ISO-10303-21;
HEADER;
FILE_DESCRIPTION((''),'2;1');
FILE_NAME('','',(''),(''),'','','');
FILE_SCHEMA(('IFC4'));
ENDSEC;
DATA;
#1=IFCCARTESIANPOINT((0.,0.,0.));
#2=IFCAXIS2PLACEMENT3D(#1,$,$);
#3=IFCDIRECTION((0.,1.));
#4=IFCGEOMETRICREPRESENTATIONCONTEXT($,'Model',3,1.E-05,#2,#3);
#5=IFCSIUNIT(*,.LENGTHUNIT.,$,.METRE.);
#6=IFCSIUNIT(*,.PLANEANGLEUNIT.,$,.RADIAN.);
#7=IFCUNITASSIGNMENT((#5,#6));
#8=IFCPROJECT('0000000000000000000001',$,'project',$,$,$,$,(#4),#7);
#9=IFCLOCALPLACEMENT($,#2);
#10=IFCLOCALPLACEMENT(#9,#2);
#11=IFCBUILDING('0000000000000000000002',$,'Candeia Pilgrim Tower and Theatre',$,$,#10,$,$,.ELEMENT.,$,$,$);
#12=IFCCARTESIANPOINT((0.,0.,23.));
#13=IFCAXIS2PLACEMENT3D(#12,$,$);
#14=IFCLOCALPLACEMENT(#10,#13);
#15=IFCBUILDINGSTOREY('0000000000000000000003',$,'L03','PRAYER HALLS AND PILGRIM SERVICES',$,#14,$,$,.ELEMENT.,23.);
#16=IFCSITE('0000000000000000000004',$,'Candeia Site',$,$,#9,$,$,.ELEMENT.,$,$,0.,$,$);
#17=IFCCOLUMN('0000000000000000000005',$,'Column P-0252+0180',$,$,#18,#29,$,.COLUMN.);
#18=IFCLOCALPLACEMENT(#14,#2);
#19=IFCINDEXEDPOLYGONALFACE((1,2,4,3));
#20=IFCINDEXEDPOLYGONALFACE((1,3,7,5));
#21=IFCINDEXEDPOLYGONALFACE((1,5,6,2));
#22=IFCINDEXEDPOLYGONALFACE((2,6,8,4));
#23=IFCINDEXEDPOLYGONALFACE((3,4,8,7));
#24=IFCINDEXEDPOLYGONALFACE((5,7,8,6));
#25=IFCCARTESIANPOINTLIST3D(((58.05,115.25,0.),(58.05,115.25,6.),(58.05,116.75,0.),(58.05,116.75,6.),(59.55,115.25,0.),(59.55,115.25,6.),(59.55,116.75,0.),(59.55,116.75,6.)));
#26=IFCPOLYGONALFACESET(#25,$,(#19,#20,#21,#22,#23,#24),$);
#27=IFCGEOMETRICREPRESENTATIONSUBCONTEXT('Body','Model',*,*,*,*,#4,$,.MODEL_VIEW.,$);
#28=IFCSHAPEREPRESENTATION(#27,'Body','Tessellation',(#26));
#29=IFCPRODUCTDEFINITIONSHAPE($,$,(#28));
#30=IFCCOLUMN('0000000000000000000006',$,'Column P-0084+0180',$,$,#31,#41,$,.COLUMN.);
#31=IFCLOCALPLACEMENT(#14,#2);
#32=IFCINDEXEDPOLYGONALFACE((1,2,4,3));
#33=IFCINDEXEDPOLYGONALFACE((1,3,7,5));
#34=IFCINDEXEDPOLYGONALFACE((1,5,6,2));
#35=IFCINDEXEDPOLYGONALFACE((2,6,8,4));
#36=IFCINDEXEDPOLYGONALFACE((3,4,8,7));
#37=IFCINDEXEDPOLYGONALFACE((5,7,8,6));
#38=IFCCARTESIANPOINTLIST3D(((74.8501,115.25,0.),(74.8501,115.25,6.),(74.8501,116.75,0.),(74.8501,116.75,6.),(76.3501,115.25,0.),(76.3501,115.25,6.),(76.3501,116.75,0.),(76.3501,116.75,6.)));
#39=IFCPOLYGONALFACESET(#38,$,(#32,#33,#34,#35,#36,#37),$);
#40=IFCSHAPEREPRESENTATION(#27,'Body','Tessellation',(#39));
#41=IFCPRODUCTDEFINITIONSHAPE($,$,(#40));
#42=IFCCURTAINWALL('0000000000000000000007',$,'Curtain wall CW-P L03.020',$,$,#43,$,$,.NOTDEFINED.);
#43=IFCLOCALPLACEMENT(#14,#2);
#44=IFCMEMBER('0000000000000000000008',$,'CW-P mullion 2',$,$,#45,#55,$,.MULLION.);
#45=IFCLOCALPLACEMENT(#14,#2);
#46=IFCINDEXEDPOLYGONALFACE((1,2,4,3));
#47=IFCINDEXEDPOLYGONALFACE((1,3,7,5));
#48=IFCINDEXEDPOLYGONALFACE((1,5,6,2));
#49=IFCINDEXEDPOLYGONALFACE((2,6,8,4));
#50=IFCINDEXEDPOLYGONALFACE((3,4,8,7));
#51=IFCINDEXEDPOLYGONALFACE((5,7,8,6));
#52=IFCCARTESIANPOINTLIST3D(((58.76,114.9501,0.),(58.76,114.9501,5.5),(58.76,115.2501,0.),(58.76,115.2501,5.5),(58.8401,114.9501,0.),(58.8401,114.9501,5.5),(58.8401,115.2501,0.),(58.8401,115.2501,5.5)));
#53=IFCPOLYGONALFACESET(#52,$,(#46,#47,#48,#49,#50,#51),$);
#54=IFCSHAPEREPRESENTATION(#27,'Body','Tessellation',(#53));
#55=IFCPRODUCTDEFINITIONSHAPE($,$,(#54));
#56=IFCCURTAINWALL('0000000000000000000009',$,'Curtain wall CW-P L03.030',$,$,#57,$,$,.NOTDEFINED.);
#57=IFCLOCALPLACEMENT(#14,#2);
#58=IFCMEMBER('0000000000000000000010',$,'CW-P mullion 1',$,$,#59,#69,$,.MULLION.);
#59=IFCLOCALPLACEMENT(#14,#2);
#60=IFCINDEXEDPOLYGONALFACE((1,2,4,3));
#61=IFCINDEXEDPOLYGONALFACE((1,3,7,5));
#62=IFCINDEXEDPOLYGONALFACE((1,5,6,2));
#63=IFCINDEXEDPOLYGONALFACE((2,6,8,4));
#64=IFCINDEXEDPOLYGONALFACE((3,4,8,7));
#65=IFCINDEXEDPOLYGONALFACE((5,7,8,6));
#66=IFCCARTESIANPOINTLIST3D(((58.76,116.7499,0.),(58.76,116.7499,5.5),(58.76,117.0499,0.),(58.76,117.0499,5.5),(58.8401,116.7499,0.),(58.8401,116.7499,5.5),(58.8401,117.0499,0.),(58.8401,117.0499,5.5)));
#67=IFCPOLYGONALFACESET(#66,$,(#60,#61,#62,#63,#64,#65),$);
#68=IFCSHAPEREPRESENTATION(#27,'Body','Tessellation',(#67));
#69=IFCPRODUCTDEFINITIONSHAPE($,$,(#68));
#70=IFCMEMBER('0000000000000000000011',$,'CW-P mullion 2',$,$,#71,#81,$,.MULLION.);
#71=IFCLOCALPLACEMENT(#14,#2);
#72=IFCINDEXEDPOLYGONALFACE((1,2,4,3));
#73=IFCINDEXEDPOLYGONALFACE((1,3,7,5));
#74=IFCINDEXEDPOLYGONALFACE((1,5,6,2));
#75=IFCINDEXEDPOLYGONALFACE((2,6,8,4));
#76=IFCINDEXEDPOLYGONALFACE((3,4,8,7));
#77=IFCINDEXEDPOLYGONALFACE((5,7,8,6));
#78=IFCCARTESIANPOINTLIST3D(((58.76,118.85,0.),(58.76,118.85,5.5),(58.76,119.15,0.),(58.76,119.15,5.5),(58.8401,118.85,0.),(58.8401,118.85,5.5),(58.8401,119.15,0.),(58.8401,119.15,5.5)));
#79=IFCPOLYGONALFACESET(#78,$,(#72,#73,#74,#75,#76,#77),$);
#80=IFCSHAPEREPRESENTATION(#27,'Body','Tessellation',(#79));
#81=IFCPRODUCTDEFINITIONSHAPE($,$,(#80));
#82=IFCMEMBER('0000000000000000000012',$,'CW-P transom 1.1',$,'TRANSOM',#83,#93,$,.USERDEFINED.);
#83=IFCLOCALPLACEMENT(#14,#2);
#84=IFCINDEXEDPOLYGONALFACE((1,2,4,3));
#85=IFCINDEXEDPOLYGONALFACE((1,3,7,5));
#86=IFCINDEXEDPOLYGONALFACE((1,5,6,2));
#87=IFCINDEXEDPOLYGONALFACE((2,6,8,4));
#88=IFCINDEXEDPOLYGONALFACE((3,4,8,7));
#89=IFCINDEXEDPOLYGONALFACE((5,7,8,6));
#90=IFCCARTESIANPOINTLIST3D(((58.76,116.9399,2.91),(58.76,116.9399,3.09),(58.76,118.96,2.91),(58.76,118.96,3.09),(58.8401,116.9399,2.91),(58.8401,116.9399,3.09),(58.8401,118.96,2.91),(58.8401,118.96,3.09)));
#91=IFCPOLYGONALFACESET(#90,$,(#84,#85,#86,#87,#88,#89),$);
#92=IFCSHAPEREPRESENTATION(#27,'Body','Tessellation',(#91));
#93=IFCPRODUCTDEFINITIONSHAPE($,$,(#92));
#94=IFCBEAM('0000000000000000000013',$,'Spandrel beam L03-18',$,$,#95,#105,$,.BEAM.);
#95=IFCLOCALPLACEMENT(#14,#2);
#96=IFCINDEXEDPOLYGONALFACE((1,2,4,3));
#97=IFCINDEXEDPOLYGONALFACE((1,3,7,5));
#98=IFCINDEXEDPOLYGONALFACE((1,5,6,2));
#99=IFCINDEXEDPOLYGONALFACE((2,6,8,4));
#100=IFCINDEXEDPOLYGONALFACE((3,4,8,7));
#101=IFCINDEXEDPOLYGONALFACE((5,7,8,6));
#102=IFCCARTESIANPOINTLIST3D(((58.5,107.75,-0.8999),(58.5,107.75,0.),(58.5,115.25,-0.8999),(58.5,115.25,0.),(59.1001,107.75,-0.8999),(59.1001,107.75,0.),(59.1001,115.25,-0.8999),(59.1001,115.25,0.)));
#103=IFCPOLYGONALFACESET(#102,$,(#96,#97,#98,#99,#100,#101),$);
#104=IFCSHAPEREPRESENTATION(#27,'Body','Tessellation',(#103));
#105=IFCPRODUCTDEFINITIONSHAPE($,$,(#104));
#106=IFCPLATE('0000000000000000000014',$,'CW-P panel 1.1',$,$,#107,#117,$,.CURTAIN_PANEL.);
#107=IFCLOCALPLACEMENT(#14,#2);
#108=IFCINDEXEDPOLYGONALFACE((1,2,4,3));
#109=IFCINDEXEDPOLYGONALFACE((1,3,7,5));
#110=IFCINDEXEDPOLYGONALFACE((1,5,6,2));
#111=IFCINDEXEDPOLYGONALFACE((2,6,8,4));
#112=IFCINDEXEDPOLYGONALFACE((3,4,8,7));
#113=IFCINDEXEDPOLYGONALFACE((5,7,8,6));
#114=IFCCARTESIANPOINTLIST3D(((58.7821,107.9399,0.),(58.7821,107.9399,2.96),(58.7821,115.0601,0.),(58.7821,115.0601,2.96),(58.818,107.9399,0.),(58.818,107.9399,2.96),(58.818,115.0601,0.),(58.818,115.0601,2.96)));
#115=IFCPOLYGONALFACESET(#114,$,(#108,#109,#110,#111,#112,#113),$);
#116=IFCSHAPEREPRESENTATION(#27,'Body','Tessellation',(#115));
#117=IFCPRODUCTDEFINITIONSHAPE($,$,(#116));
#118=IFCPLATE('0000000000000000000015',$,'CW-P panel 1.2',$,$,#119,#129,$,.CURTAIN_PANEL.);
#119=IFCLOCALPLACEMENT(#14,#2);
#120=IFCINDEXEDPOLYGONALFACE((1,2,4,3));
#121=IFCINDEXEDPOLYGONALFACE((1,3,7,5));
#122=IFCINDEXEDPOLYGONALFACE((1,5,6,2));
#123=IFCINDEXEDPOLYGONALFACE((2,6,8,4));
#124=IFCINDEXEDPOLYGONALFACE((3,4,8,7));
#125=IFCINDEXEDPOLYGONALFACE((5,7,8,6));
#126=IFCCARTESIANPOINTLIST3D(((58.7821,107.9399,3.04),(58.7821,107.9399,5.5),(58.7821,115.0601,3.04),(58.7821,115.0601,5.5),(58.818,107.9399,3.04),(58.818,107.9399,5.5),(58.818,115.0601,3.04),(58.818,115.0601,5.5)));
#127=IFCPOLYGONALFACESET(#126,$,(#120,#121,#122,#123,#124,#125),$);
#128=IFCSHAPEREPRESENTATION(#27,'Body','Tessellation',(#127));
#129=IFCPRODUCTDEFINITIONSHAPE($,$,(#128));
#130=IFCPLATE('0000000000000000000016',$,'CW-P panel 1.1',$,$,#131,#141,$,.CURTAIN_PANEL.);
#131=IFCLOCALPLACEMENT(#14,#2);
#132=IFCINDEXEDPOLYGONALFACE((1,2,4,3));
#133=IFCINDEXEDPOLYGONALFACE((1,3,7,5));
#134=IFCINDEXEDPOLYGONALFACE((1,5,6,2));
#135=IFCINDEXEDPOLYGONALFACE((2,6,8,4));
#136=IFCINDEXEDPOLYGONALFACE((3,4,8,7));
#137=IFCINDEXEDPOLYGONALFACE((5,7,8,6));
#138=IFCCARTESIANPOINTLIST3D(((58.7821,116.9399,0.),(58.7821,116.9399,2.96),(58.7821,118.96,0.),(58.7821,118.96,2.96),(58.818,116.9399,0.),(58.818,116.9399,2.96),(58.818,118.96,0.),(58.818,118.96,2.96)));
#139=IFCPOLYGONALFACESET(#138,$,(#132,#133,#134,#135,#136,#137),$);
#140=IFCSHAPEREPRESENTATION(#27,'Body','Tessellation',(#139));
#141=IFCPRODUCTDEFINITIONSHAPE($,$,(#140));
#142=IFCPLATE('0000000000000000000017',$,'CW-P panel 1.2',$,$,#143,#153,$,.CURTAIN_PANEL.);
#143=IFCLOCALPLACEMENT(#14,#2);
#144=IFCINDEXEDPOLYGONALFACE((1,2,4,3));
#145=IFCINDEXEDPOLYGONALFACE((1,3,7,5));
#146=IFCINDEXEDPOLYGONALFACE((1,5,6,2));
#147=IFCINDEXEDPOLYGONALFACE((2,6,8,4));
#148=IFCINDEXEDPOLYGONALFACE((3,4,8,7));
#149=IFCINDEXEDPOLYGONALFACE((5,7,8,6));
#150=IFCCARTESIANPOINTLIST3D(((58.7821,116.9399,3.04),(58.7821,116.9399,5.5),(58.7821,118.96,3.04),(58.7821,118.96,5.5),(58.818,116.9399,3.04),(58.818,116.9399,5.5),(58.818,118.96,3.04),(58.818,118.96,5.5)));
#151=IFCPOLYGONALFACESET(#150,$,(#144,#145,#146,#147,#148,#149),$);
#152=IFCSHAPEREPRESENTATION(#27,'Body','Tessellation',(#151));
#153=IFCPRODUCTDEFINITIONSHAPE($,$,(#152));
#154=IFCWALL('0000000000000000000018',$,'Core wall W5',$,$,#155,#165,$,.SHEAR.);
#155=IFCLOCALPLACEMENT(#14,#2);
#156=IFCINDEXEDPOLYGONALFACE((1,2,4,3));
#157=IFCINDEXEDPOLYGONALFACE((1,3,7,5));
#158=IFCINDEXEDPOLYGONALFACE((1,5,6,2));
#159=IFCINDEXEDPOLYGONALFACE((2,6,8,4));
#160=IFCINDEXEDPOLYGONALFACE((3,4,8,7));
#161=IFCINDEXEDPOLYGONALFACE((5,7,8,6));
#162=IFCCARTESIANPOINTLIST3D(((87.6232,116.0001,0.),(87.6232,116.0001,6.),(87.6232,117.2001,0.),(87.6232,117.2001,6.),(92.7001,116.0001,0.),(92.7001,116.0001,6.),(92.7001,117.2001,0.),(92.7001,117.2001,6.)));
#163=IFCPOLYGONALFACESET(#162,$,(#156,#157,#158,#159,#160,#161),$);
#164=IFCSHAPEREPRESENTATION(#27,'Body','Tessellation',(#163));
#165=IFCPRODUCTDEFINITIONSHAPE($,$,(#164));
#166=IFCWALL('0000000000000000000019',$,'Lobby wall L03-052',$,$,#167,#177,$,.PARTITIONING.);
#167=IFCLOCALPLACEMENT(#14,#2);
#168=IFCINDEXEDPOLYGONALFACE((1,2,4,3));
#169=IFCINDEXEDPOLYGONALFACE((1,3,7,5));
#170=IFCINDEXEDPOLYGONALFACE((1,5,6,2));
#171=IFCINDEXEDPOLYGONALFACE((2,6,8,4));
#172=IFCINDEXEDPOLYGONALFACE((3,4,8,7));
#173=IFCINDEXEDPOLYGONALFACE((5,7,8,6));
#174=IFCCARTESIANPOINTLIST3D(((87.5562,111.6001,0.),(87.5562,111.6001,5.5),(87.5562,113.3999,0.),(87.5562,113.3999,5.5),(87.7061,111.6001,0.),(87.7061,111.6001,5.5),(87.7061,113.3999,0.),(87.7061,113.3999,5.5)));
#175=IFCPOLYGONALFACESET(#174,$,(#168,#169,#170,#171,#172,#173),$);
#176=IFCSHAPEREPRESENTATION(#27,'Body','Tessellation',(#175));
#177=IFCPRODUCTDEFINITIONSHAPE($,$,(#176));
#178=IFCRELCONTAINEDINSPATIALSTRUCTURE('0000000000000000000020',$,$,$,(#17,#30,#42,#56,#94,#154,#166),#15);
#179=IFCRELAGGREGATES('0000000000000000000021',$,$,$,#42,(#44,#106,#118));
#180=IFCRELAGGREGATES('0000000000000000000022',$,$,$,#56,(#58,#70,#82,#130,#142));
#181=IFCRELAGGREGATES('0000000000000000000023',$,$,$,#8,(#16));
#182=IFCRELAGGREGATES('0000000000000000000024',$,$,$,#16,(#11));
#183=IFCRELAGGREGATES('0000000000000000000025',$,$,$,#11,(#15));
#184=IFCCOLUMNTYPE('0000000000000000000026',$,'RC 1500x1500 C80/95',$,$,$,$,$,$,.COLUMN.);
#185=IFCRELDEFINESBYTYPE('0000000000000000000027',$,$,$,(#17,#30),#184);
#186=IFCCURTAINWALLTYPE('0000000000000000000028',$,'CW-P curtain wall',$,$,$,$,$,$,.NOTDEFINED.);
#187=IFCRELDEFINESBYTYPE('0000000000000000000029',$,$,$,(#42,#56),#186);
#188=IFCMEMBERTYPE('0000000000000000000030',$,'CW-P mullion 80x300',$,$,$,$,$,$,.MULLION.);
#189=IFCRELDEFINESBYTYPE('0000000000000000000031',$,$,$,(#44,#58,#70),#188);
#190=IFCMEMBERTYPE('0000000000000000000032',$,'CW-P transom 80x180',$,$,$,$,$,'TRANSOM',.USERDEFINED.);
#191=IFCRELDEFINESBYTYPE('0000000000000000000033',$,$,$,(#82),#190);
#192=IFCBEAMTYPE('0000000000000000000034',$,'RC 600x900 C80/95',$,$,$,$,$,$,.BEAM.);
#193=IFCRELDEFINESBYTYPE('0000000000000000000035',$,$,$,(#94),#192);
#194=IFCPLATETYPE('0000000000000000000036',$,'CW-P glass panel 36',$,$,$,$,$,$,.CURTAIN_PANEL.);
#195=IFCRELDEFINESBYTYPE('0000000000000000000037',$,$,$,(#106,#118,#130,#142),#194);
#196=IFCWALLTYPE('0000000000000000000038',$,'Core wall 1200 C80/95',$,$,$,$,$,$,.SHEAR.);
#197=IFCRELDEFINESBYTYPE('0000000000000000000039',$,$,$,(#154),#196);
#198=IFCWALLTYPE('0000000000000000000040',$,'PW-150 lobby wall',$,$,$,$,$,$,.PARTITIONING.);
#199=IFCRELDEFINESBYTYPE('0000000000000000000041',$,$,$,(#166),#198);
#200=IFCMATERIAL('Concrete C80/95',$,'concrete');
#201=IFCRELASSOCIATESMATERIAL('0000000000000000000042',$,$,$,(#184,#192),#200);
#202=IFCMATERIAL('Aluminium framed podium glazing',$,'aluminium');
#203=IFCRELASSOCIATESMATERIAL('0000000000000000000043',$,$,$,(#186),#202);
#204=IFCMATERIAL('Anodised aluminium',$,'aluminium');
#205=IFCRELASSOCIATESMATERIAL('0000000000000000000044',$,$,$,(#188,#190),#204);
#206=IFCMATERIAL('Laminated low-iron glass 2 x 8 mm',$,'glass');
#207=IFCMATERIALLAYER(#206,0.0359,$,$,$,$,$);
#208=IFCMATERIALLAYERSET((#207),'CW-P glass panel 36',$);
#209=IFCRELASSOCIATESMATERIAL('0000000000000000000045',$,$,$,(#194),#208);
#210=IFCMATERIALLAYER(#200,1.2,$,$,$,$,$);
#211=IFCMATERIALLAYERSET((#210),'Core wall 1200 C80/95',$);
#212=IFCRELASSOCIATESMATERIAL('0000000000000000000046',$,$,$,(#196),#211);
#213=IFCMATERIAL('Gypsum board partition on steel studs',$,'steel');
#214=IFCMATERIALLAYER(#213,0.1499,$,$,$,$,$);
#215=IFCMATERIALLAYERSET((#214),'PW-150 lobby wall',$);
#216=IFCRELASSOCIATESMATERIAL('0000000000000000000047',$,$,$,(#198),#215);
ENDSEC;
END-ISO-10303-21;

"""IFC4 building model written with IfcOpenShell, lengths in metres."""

from ifc_helpers import new_model, si_unit, direction, frame, frame_2d, origin, origin_2d, place, context, subcontext, project, spatial, rectangle, extrude, material, layer, layer_set, material_profile, profile_set, type_object, element, aggregate, save


model = new_model("IFC4")

# Units and contexts
model_context = context("Model", 3, precision=1e-05, world=origin(), true_north=direction((0.0, 1.0)))
body_context = subcontext(model_context, "Body", "Model", "MODEL_VIEW")
ifc_project = project(units=[si_unit("LENGTHUNIT", "METRE"), si_unit("PLANEANGLEUNIT", "RADIAN")], contexts=[model_context])

# Site, building, storey
site_placement = place(None, origin())
site = spatial("IfcSite", under=ifc_project, at=site_placement, Name="Candeia Site", CompositionType="ELEMENT", RefElevation=0.0)
building_placement = place(site_placement, origin())
building = spatial("IfcBuilding", under=site, at=building_placement, Name="Candeia Pilgrim Tower and Theatre", CompositionType="ELEMENT")
storey_placement = place(building_placement, frame((0.0, 0.0, 23.0)))
storey = spatial("IfcBuildingStorey", under=building, at=storey_placement, Name="L03", Description="PRAYER HALLS AND PILGRIM SERVICES", CompositionType="ELEMENT", Elevation=23.0)

# Columns
ifc_material_1 = material(Name="Concrete C80/95", Category="concrete")
ifc_material_profile_1 = material_profile(ifc_material_1, rectangle(XDim=1.5, YDim=1.5, at=origin_2d()))
ifc_profile_set_1 = profile_set([ifc_material_profile_1], Name="Concrete C80/95")
column_type = type_object("IfcColumnType", Name="RC 1500x1500 C80/95", PredefinedType="COLUMN", material=ifc_profile_set_1)
for number, where, z_axis, x_axis, name in (
    (1, (58.8, 116.0, 0.0), (0.0, 0.0, 1.0), (1.0, 0.0, 0.0), "Column P-0252+0180"),
    (2, (75.6001, 116.0, 0.0), (0.0, 0.0, 1.0), (1.0, 0.0, 0.0), "Column P-0084+0180"),
):
    element("IfcColumn", number, at=place(storey_placement, frame(where, z_axis=z_axis, x_axis=x_axis)), inside=storey, type_object=column_type, Name=name, PredefinedType="COLUMN", context=body_context, shape_type="SweptSolid", body=[
        extrude(rectangle(XDim=1.5, YDim=1.5, at=origin_2d()), origin(), (0.0, 0.0, 1.0), 6.0),
    ])

# Curtain wall, member
ifc_material_2 = material(Name="Aluminium framed podium glazing", Category="aluminium")
curtain_wall_type = type_object("IfcCurtainWallType", Name="CW-P curtain wall", PredefinedType="NOTDEFINED", material=ifc_material_2)
curtain_wall_1_placement = place(storey_placement, origin())
curtain_wall_1 = element("IfcCurtainWall", 3, at=curtain_wall_1_placement, inside=storey, type_object=curtain_wall_type, Name="Curtain wall CW-P L03.020", PredefinedType="NOTDEFINED")
ifc_material_3 = material(Name="Anodised aluminium", Category="aluminium")
ifc_material_profile_2 = material_profile(ifc_material_3, rectangle(XDim=0.0801, YDim=0.3, at=origin_2d()))
ifc_profile_set_2 = profile_set([ifc_material_profile_2], Name="Anodised aluminium")
member_type_1 = type_object("IfcMemberType", Name="CW-P mullion 80x300", PredefinedType="MULLION", material=ifc_profile_set_2)
member_1_placement = place(storey_placement, frame((58.8, 115.1001, 0.0), z_axis=(0.0, 0.0, 1.0), x_axis=(-1.0, 0.0, 0.0)))
member_1 = element("IfcMember", 4, at=member_1_placement, type_object=member_type_1, Name="CW-P mullion 2", PredefinedType="MULLION", context=body_context, shape_type="SweptSolid", body=[
    extrude(rectangle(XDim=0.0801, YDim=0.3, at=origin_2d()), origin(), (0.0, 0.0, 1.0), 5.5),
])

# Curtain wall, members
curtain_wall_2_placement = place(storey_placement, origin())
curtain_wall_2 = element("IfcCurtainWall", 5, at=curtain_wall_2_placement, inside=storey, type_object=curtain_wall_type, Name="Curtain wall CW-P L03.030", PredefinedType="NOTDEFINED")
member_2_placement = place(storey_placement, frame((58.8, 116.8999, 0.0), z_axis=(0.0, 0.0, 1.0), x_axis=(-1.0, 0.0, 0.0)))
member_2 = element("IfcMember", 6, at=member_2_placement, type_object=member_type_1, Name="CW-P mullion 1", PredefinedType="MULLION", context=body_context, shape_type="SweptSolid", body=[
    extrude(rectangle(XDim=0.0801, YDim=0.3, at=origin_2d()), origin(), (0.0, 0.0, 1.0), 5.5),
])
member_3_placement = place(storey_placement, frame((58.8, 119.0, 0.0), z_axis=(0.0, 0.0, 1.0), x_axis=(-1.0, 0.0, 0.0)))
member_3 = element("IfcMember", 7, at=member_3_placement, type_object=member_type_1, Name="CW-P mullion 2", PredefinedType="MULLION", context=body_context, shape_type="SweptSolid", body=[
    extrude(rectangle(XDim=0.0801, YDim=0.3, at=origin_2d()), origin(), (0.0, 0.0, 1.0), 5.5),
])
ifc_material_profile_3 = material_profile(ifc_material_3, rectangle(XDim=0.0801, YDim=0.1799, at=origin_2d()))
ifc_profile_set_3 = profile_set([ifc_material_profile_3], Name="Anodised aluminium")
member_type_2 = type_object("IfcMemberType", Name="CW-P transom 80x180", ElementType="TRANSOM", PredefinedType="USERDEFINED", material=ifc_profile_set_3)
member_4_placement = place(storey_placement, frame((58.8, 116.9399, 3.0), z_axis=(0.0, 1.0, 0.0), x_axis=(-1.0, 0.0, 0.0)))
member_4 = element("IfcMember", 8, at=member_4_placement, type_object=member_type_2, Name="CW-P transom 1.1", ObjectType="TRANSOM", PredefinedType="USERDEFINED", context=body_context, shape_type="SweptSolid", body=[
    extrude(rectangle(XDim=0.0801, YDim=0.1799, at=origin_2d()), origin(), (0.0, 0.0, 1.0), 2.02),
])

# Beam
ifc_material_profile_4 = material_profile(ifc_material_1, rectangle(XDim=0.6001, YDim=0.8999, at=origin_2d()))
ifc_profile_set_4 = profile_set([ifc_material_profile_4], Name="Concrete C80/95")
beam_type = type_object("IfcBeamType", Name="RC 600x900 C80/95", PredefinedType="BEAM", material=ifc_profile_set_4)
beam_placement = place(storey_placement, frame((58.8, 115.25, -0.45), z_axis=(0.0, -1.0, 0.0), x_axis=(1.0, 0.0, 0.0)))
element("IfcBeam", 9, at=beam_placement, inside=storey, type_object=beam_type, Name="Spandrel beam L03-18", PredefinedType="BEAM", context=body_context, shape_type="SweptSolid", body=[
    extrude(rectangle(XDim=0.6001, YDim=0.8999, at=origin_2d()), origin(), (0.0, 0.0, 1.0), 7.5),
])

# Plates
ifc_material_4 = material(Name="Laminated low-iron glass 2 x 8 mm", Category="glass")
ifc_layer_1 = layer(ifc_material_4, 0.0359)
ifc_layer_set_1 = layer_set([ifc_layer_1], Name="CW-P glass panel 36")
plate_type = type_object("IfcPlateType", Name="CW-P glass panel 36", PredefinedType="CURTAIN_PANEL", material=ifc_layer_set_1)
plate_1_placement = place(storey_placement, frame((58.8, 111.5, 0.0), z_axis=(0.0, 0.0, 1.0), x_axis=(0.0, 1.0, 0.0)))
plate_1 = element("IfcPlate", 10, at=plate_1_placement, type_object=plate_type, Name="CW-P panel 1.1", PredefinedType="CURTAIN_PANEL", context=body_context, shape_type="SweptSolid", body=[
    extrude(rectangle(XDim=7.1201, YDim=0.0359, at=origin_2d()), origin(), (0.0, 0.0, 1.0), 2.96),
])
plate_2_placement = place(storey_placement, frame((58.8, 111.5, 3.04), z_axis=(0.0, 0.0, 1.0), x_axis=(0.0, 1.0, 0.0)))
plate_2 = element("IfcPlate", 11, at=plate_2_placement, type_object=plate_type, Name="CW-P panel 1.2", PredefinedType="CURTAIN_PANEL", context=body_context, shape_type="SweptSolid", body=[
    extrude(rectangle(XDim=7.1201, YDim=0.0359, at=origin_2d()), origin(), (0.0, 0.0, 1.0), 2.46),
])
aggregate(curtain_wall_1, [member_1, plate_1, plate_2])
plate_3_placement = place(storey_placement, frame((58.8, 117.95, 0.0), z_axis=(0.0, 0.0, 1.0), x_axis=(0.0, 1.0, 0.0)))
plate_3 = element("IfcPlate", 12, at=plate_3_placement, type_object=plate_type, Name="CW-P panel 1.1", PredefinedType="CURTAIN_PANEL", context=body_context, shape_type="SweptSolid", body=[
    extrude(rectangle(XDim=2.02, YDim=0.0359, at=origin_2d()), origin(), (0.0, 0.0, 1.0), 2.96),
])
plate_4_placement = place(storey_placement, frame((58.8, 117.95, 3.04), z_axis=(0.0, 0.0, 1.0), x_axis=(0.0, 1.0, 0.0)))
plate_4 = element("IfcPlate", 13, at=plate_4_placement, type_object=plate_type, Name="CW-P panel 1.2", PredefinedType="CURTAIN_PANEL", context=body_context, shape_type="SweptSolid", body=[
    extrude(rectangle(XDim=2.02, YDim=0.0359, at=origin_2d()), origin(), (0.0, 0.0, 1.0), 2.46),
])
aggregate(curtain_wall_2, [member_2, member_3, member_4, plate_3, plate_4])

# Walls
ifc_layer_2 = layer(ifc_material_1, 1.2)
ifc_layer_set_2 = layer_set([ifc_layer_2], Name="Core wall 1200 C80/95")
wall_type_1 = type_object("IfcWallType", Name="Core wall 1200 C80/95", PredefinedType="SHEAR", material=ifc_layer_set_2)
wall_1_placement = place(storey_placement, frame((87.623, 116.6001, 0.0), z_axis=(0.0, 0.0, 1.0), x_axis=(1.0, 0.0, 0.0)))
element("IfcWall", 14, at=wall_1_placement, inside=storey, type_object=wall_type_1, Name="Core wall W5", PredefinedType="SHEAR", context=body_context, shape_type="SweptSolid", body=[
    extrude(rectangle(XDim=5.0769, YDim=1.2, at=frame_2d((2.5386, 0.0))), origin(), (0.0, 0.0, 1.0), 6.0),
])
ifc_material_5 = material(Name="Gypsum board partition on steel studs", Category="steel")
ifc_layer_3 = layer(ifc_material_5, 0.1499)
ifc_layer_set_3 = layer_set([ifc_layer_3], Name="PW-150 lobby wall")
wall_type_2 = type_object("IfcWallType", Name="PW-150 lobby wall", PredefinedType="PARTITIONING", material=ifc_layer_set_3)
wall_2_placement = place(storey_placement, frame((87.6311, 111.6001, 0.0), z_axis=(0.0, 0.0, 1.0), x_axis=(0.0, 1.0, 0.0)))
element("IfcWall", 15, at=wall_2_placement, inside=storey, type_object=wall_type_2, Name="Lobby wall L03-052", PredefinedType="PARTITIONING", context=body_context, shape_type="SweptSolid", body=[
    extrude(rectangle(XDim=1.7998, YDim=0.1499, at=frame_2d((0.8999, 0.0))), origin(), (0.0, 0.0, 1.0), 5.5),
])

save(model, "model.ifc")
